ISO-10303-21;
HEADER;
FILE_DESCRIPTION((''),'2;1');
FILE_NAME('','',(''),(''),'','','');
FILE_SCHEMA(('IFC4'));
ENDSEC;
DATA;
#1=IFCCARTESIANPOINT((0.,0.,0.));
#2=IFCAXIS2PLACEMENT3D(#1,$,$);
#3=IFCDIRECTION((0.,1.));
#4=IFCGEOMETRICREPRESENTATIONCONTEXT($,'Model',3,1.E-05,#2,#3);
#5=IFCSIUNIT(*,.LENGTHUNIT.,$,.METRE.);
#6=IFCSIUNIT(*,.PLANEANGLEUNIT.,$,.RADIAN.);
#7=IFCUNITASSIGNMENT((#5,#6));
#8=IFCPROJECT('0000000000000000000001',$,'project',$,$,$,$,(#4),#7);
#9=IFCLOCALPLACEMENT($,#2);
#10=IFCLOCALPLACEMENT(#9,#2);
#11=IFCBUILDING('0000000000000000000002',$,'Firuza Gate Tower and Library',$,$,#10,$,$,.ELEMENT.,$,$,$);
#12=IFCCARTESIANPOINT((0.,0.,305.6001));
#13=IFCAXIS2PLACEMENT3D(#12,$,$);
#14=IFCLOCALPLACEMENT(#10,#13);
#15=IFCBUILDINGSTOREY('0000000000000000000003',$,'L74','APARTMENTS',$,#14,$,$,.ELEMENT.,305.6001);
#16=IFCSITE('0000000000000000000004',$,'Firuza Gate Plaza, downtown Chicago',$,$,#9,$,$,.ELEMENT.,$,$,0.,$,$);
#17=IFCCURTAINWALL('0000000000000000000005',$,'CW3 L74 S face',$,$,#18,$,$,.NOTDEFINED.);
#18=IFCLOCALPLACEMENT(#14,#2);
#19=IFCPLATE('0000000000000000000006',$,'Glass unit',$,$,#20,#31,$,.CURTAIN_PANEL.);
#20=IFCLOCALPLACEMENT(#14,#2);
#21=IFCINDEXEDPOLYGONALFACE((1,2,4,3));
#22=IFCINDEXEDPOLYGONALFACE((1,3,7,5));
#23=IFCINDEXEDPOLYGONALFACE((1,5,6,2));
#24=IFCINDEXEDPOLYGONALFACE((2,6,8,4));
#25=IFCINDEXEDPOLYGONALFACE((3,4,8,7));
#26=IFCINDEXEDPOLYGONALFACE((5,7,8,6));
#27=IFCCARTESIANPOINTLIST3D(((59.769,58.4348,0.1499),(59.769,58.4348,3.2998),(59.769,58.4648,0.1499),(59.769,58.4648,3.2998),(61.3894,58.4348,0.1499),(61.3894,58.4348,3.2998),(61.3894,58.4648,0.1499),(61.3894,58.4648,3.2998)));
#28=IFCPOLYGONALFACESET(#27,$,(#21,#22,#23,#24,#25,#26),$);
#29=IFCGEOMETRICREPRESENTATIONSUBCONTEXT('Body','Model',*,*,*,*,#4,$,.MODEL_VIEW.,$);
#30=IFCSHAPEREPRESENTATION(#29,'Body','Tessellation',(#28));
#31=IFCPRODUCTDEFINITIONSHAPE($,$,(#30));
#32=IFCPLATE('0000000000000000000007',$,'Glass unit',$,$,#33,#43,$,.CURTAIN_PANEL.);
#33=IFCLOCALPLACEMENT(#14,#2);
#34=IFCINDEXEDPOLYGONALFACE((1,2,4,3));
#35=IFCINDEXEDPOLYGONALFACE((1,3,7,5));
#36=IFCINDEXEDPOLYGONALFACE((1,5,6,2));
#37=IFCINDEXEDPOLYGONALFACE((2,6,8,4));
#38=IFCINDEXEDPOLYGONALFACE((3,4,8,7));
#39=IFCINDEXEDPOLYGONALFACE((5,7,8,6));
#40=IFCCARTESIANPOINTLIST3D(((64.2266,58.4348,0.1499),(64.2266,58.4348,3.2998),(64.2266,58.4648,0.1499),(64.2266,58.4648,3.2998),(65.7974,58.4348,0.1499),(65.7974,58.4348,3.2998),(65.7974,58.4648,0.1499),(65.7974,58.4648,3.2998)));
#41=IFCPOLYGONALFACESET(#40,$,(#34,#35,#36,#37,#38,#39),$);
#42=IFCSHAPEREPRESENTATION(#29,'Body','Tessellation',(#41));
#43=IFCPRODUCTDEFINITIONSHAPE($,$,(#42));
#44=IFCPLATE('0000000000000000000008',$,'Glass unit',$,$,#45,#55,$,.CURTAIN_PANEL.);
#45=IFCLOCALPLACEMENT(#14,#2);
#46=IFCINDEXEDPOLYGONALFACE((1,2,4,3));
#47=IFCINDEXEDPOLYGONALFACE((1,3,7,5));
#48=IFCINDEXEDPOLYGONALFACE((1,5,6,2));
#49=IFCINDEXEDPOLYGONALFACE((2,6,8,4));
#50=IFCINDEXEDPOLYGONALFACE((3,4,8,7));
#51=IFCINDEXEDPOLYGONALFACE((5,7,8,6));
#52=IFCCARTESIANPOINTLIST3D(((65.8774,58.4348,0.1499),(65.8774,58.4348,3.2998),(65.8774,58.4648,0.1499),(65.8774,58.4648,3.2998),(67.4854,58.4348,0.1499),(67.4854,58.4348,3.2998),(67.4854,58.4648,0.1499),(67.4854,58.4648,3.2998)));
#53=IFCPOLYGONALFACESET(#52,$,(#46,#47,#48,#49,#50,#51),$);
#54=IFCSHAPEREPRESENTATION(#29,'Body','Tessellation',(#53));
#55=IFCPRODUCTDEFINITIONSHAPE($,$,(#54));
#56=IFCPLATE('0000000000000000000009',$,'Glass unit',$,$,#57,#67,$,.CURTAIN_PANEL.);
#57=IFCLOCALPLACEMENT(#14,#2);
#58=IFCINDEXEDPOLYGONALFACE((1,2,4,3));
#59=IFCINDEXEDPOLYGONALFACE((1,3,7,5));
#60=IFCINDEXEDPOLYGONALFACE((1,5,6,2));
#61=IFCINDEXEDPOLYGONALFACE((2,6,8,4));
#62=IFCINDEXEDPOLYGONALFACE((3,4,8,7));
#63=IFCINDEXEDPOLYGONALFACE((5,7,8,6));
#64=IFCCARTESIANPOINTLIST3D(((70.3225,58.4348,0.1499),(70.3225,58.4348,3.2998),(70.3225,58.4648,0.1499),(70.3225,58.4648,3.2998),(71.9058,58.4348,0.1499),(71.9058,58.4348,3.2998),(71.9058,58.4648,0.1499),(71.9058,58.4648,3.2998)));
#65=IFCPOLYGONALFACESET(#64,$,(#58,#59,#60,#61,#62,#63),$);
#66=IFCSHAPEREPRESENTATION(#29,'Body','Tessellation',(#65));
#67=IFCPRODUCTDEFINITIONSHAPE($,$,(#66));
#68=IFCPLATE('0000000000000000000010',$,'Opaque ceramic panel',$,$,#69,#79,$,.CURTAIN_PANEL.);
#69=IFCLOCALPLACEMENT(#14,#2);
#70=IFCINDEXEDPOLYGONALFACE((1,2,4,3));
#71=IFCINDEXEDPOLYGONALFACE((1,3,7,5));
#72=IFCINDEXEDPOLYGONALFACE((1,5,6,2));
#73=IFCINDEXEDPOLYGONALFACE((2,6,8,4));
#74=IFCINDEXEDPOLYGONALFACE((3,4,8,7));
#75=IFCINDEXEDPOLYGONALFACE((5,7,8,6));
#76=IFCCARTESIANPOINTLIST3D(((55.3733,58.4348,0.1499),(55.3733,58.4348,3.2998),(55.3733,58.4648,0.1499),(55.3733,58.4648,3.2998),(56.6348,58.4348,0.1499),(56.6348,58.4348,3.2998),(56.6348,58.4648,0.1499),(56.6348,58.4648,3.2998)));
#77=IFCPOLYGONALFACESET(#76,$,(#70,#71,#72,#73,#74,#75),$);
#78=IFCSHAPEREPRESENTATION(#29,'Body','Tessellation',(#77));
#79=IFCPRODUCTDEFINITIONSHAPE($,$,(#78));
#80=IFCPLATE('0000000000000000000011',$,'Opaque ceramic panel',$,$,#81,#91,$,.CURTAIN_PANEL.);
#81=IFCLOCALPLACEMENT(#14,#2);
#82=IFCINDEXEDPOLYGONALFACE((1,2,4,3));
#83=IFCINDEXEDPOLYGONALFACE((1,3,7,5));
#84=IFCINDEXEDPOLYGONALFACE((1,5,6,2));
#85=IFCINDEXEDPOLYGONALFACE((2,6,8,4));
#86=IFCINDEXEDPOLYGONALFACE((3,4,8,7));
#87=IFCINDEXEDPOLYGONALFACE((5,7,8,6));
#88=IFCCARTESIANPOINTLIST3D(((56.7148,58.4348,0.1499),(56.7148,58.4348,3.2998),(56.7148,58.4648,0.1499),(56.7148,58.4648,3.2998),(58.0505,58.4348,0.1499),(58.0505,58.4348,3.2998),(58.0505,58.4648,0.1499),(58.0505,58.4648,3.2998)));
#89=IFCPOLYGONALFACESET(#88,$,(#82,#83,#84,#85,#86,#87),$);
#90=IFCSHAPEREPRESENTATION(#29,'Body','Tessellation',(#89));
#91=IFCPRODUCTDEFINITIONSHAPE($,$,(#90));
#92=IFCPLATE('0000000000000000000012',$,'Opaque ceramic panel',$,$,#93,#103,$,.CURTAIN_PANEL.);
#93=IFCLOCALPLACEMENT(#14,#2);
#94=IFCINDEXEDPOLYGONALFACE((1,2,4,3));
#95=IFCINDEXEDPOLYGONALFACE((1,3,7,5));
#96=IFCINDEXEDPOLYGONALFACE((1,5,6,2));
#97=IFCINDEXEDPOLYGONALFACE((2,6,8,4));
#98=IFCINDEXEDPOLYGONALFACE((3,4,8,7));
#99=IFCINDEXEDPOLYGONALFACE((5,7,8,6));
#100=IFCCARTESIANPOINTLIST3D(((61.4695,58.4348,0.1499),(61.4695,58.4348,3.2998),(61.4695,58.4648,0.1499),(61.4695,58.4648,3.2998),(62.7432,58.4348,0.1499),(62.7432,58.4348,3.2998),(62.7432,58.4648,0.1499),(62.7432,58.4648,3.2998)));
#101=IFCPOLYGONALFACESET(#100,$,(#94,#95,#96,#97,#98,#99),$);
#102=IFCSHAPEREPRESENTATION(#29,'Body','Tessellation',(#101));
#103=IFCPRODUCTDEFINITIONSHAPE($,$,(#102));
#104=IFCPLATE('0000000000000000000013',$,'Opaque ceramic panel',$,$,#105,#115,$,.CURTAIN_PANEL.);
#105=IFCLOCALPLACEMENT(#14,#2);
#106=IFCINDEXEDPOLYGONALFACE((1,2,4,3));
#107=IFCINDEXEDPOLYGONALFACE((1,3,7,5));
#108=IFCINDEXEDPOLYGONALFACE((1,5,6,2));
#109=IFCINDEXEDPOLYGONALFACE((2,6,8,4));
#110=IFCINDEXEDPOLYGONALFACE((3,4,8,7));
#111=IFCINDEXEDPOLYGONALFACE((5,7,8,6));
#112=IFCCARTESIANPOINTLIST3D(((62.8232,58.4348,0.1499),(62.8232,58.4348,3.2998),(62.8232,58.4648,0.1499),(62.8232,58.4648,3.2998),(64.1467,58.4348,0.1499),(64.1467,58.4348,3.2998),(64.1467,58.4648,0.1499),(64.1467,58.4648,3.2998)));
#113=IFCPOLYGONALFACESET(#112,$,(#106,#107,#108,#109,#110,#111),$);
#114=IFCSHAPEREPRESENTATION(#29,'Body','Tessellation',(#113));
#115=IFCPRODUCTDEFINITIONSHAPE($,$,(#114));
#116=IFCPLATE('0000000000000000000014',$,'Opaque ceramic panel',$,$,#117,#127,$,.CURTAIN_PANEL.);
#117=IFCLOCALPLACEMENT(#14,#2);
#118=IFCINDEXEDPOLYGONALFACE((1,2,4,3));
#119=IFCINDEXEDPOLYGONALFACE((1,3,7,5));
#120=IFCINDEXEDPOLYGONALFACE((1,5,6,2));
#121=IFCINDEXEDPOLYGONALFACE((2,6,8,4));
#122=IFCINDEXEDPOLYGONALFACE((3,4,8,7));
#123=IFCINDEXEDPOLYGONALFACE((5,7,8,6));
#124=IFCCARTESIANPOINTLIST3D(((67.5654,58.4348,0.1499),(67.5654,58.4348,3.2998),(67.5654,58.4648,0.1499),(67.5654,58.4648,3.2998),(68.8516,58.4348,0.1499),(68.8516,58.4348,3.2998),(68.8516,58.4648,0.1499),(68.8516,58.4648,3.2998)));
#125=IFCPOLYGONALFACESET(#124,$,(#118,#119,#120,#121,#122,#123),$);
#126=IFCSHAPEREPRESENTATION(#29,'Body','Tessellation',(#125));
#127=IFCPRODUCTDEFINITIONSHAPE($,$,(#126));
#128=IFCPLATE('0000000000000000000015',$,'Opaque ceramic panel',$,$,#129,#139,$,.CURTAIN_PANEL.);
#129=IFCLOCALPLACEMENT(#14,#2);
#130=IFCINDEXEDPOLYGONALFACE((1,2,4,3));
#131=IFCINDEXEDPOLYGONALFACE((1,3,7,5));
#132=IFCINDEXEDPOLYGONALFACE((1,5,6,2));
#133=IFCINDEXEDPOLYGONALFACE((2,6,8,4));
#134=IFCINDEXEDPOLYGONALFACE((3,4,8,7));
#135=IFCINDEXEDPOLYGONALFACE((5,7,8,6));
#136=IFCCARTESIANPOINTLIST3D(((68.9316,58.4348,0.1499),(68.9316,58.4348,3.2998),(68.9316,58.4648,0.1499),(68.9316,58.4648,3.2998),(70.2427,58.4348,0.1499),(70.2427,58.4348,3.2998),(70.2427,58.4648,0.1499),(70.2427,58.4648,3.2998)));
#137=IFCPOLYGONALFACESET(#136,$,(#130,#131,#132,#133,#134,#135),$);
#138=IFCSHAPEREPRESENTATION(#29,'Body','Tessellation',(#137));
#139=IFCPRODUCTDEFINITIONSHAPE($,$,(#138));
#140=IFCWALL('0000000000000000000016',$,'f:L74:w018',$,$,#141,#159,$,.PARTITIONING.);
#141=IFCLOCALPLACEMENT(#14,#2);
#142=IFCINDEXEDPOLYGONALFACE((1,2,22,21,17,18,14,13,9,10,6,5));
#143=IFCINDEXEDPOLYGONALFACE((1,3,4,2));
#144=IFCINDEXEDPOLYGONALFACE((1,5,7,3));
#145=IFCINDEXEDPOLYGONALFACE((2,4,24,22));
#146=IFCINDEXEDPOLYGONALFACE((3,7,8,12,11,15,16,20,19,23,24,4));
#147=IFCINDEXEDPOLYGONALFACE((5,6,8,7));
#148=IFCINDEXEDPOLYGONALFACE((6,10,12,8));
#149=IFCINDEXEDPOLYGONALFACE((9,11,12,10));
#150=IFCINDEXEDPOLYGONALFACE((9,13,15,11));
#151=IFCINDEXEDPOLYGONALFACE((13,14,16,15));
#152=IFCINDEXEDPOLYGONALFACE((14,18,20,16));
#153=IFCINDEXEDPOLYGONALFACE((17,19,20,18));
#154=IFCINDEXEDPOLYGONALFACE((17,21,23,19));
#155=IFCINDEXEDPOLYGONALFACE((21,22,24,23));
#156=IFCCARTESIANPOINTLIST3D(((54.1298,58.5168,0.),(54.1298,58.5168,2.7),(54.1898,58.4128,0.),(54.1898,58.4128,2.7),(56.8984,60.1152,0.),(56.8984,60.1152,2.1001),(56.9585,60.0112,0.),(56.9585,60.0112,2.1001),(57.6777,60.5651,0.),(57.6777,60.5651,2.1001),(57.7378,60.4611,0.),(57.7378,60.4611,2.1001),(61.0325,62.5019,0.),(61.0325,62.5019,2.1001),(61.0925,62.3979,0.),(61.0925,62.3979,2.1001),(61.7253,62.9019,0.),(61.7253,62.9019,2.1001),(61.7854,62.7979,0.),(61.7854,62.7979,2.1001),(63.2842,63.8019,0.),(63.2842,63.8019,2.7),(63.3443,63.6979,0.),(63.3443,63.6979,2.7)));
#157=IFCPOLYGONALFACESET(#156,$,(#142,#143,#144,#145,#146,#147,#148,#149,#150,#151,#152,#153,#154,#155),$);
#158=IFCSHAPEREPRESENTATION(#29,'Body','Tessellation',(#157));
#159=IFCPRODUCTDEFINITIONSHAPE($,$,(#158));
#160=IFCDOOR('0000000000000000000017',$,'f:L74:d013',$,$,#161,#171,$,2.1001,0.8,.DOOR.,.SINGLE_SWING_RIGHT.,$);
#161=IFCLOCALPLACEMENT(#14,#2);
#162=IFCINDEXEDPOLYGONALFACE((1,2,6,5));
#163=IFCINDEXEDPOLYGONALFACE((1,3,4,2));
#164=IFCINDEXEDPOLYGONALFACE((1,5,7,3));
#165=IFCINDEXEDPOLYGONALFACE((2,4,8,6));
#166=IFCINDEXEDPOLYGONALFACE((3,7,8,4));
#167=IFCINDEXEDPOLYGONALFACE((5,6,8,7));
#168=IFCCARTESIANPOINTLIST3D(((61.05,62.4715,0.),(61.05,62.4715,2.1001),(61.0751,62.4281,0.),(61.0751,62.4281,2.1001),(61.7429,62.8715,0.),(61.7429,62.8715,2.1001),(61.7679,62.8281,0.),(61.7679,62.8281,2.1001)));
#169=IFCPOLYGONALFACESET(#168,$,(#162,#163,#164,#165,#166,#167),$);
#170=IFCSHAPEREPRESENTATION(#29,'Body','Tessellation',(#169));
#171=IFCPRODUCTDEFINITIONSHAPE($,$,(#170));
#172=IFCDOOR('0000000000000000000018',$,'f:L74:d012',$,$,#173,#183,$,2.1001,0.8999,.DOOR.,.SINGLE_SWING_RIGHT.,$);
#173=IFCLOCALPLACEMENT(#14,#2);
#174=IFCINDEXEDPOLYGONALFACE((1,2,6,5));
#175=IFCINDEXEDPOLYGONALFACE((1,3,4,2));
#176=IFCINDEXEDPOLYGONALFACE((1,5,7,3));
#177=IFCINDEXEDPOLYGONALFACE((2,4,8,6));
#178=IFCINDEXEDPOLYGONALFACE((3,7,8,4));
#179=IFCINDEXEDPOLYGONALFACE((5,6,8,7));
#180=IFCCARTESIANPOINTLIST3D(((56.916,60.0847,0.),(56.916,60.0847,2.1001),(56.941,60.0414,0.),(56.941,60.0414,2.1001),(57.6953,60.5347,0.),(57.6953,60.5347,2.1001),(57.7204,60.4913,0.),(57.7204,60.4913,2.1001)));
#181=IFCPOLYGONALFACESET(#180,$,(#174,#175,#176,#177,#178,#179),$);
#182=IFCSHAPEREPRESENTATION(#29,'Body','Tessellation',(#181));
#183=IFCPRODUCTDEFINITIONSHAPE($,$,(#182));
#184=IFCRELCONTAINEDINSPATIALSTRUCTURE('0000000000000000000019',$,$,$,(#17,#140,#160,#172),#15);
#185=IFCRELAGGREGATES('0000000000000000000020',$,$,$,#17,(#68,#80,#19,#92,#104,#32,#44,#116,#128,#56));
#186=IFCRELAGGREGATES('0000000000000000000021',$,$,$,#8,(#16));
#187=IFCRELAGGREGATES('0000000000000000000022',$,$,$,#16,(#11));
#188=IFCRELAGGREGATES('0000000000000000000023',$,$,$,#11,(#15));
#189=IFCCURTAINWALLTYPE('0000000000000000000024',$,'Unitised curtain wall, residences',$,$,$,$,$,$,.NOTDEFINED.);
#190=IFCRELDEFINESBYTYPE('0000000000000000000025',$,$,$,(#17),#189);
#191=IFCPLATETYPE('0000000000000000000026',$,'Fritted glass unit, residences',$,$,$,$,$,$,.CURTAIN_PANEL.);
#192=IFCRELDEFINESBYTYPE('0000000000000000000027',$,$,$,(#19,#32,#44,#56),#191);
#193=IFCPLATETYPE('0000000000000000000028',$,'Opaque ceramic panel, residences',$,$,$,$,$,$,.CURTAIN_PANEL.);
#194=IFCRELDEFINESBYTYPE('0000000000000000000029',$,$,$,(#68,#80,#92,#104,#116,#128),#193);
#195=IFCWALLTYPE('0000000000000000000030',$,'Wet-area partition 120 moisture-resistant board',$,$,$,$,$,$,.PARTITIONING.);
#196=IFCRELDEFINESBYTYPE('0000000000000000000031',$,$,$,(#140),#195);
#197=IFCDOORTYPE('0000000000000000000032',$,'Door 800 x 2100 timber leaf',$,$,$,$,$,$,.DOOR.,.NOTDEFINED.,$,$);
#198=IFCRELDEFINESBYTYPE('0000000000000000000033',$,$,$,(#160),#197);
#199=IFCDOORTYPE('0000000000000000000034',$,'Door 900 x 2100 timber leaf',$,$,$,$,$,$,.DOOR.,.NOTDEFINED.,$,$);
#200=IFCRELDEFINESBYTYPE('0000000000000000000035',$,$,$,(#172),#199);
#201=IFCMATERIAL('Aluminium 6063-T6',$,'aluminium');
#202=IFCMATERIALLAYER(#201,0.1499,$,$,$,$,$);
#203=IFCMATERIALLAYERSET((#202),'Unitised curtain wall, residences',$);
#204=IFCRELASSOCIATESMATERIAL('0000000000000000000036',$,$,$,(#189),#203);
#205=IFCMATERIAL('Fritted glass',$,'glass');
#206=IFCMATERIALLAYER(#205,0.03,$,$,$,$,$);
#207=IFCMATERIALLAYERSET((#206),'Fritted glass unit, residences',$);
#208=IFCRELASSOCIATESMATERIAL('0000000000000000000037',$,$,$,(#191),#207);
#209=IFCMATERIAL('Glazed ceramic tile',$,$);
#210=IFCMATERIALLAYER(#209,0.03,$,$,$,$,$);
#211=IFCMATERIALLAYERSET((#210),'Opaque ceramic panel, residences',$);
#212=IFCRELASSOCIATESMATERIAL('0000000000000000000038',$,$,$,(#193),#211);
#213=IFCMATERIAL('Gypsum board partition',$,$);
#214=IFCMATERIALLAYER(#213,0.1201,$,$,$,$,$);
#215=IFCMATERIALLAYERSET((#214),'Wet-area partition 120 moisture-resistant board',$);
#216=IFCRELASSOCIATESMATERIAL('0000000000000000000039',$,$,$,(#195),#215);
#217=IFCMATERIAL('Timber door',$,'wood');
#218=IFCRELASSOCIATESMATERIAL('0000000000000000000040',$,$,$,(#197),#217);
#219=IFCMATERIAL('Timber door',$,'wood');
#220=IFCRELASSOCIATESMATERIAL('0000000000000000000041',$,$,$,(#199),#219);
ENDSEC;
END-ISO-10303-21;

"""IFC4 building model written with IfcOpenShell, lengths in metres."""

from ifc_helpers import new_model, si_unit, direction, frame, frame_2d, origin, place, context, subcontext, project, spatial, polyline, rectangle, outline, extrude, material, layer, layer_set, type_object, element, fill, aggregate, save


model = new_model("IFC4")

# Units and contexts
model_context = context("Model", 3, precision=1e-05, world=origin(), true_north=direction((0.0, 1.0)))
body_context = subcontext(model_context, "Body", "Model", "MODEL_VIEW")
ifc_project = project(units=[si_unit("LENGTHUNIT", "METRE"), si_unit("PLANEANGLEUNIT", "RADIAN")], contexts=[model_context])

# Site, building, storey
site_placement = place(None, origin())
site = spatial("IfcSite", under=ifc_project, at=site_placement, Name="Firuza Gate Plaza, downtown Chicago", CompositionType="ELEMENT", RefElevation=0.0)
building_placement = place(site_placement, origin())
building = spatial("IfcBuilding", under=site, at=building_placement, Name="Firuza Gate Tower and Library", CompositionType="ELEMENT")
storey_placement = place(building_placement, frame((0.0, 0.0, 305.6001)))
storey = spatial("IfcBuildingStorey", under=building, at=storey_placement, Name="L74", Description="APARTMENTS", CompositionType="ELEMENT", Elevation=305.6001)

# Curtain wall, plates
ifc_material_1 = material(Name="Aluminium 6063-T6", Category="aluminium")
ifc_layer_1 = layer(ifc_material_1, 0.1499)
ifc_layer_set_1 = layer_set([ifc_layer_1], Name="Unitised curtain wall, residences")
curtain_wall_type = type_object("IfcCurtainWallType", Name="Unitised curtain wall, residences", PredefinedType="NOTDEFINED", material=ifc_layer_set_1)
curtain_wall_placement = place(storey_placement, origin())
curtain_wall = element("IfcCurtainWall", 1, at=curtain_wall_placement, inside=storey, type_object=curtain_wall_type, Name="CW3 L74 S face", PredefinedType="NOTDEFINED")
ifc_material_2 = material(Name="Fritted glass", Category="glass")
ifc_layer_2 = layer(ifc_material_2, 0.03)
ifc_layer_set_2 = layer_set([ifc_layer_2], Name="Fritted glass unit, residences")
plate_type_1 = type_object("IfcPlateType", Name="Fritted glass unit, residences", PredefinedType="CURTAIN_PANEL", material=ifc_layer_set_2)
plate_1_placement = place(storey_placement, frame((59.769, 58.4348, 0.1499), z_axis=(0.0, -1.0, 0.0), x_axis=(1.0, 0.0, 0.0)))
plate_1 = element("IfcPlate", 2, at=plate_1_placement, type_object=plate_type_1, Name="Glass unit", PredefinedType="CURTAIN_PANEL", context=body_context, shape_type="SweptSolid", body=[
    extrude(outline(polyline([(0.0, 0.0), (1.6204, 0.0), (1.6204, 3.1499), (0.0, 3.1499), (0.0, 0.0)])), origin(), (0.0, 0.0, -1.0), 0.03),
])
plate_2_placement = place(storey_placement, frame((64.2266, 58.4348, 0.1499), z_axis=(0.0, -1.0, 0.0), x_axis=(1.0, 0.0, 0.0)))
plate_2 = element("IfcPlate", 3, at=plate_2_placement, type_object=plate_type_1, Name="Glass unit", PredefinedType="CURTAIN_PANEL", context=body_context, shape_type="SweptSolid", body=[
    extrude(outline(polyline([(0.0, 0.0), (1.5708, 0.0), (1.5708, 3.1499), (0.0, 3.1499), (0.0, 0.0)])), origin(), (0.0, 0.0, -1.0), 0.03),
])
plate_3_placement = place(storey_placement, frame((65.8774, 58.4348, 0.1499), z_axis=(0.0, -1.0, 0.0), x_axis=(1.0, 0.0, 0.0)))
plate_3 = element("IfcPlate", 4, at=plate_3_placement, type_object=plate_type_1, Name="Glass unit", PredefinedType="CURTAIN_PANEL", context=body_context, shape_type="SweptSolid", body=[
    extrude(outline(polyline([(0.0, 0.0), (1.6079, 0.0), (1.6079, 3.1499), (0.0, 3.1499), (0.0, 0.0)])), origin(), (0.0, 0.0, -1.0), 0.03),
])
plate_4_placement = place(storey_placement, frame((70.3225, 58.4348, 0.1499), z_axis=(0.0, -1.0, 0.0), x_axis=(1.0, 0.0, 0.0)))
plate_4 = element("IfcPlate", 5, at=plate_4_placement, type_object=plate_type_1, Name="Glass unit", PredefinedType="CURTAIN_PANEL", context=body_context, shape_type="SweptSolid", body=[
    extrude(outline(polyline([(0.0, 0.0), (1.5833, 0.0), (1.5833, 3.1499), (0.0, 3.1499), (0.0, 0.0)])), origin(), (0.0, 0.0, -1.0), 0.03),
])
ifc_material_3 = material(Name="Glazed ceramic tile")
ifc_layer_3 = layer(ifc_material_3, 0.03)
ifc_layer_set_3 = layer_set([ifc_layer_3], Name="Opaque ceramic panel, residences")
plate_type_2 = type_object("IfcPlateType", Name="Opaque ceramic panel, residences", PredefinedType="CURTAIN_PANEL", material=ifc_layer_set_3)
plate_5_placement = place(storey_placement, frame((55.3733, 58.4348, 0.1499), z_axis=(0.0, -1.0, 0.0), x_axis=(1.0, 0.0, 0.0)))
plate_5 = element("IfcPlate", 6, at=plate_5_placement, type_object=plate_type_2, Name="Opaque ceramic panel", PredefinedType="CURTAIN_PANEL", context=body_context, shape_type="SweptSolid", body=[
    extrude(outline(polyline([(0.0, 0.0), (1.2615, 0.0), (1.2615, 3.1499), (0.0, 3.1499), (0.0, 0.0)])), origin(), (0.0, 0.0, -1.0), 0.03),
])
plate_6_placement = place(storey_placement, frame((56.7148, 58.4348, 0.1499), z_axis=(0.0, -1.0, 0.0), x_axis=(1.0, 0.0, 0.0)))
plate_6 = element("IfcPlate", 7, at=plate_6_placement, type_object=plate_type_2, Name="Opaque ceramic panel", PredefinedType="CURTAIN_PANEL", context=body_context, shape_type="SweptSolid", body=[
    extrude(outline(polyline([(0.0, 0.0), (1.3357, 0.0), (1.3357, 3.1499), (0.0, 3.1499), (0.0, 0.0)])), origin(), (0.0, 0.0, -1.0), 0.03),
])
plate_7_placement = place(storey_placement, frame((61.4695, 58.4348, 0.1499), z_axis=(0.0, -1.0, 0.0), x_axis=(1.0, 0.0, 0.0)))
plate_7 = element("IfcPlate", 8, at=plate_7_placement, type_object=plate_type_2, Name="Opaque ceramic panel", PredefinedType="CURTAIN_PANEL", context=body_context, shape_type="SweptSolid", body=[
    extrude(outline(polyline([(0.0, 0.0), (1.2737, 0.0), (1.2737, 3.1499), (0.0, 3.1499), (0.0, 0.0)])), origin(), (0.0, 0.0, -1.0), 0.03),
])
plate_8_placement = place(storey_placement, frame((62.8232, 58.4348, 0.1499), z_axis=(0.0, -1.0, 0.0), x_axis=(1.0, 0.0, 0.0)))
plate_8 = element("IfcPlate", 9, at=plate_8_placement, type_object=plate_type_2, Name="Opaque ceramic panel", PredefinedType="CURTAIN_PANEL", context=body_context, shape_type="SweptSolid", body=[
    extrude(outline(polyline([(0.0, 0.0), (1.3235, 0.0), (1.3235, 3.1499), (0.0, 3.1499), (0.0, 0.0)])), origin(), (0.0, 0.0, -1.0), 0.03),
])
plate_9_placement = place(storey_placement, frame((67.5654, 58.4348, 0.1499), z_axis=(0.0, -1.0, 0.0), x_axis=(1.0, 0.0, 0.0)))
plate_9 = element("IfcPlate", 10, at=plate_9_placement, type_object=plate_type_2, Name="Opaque ceramic panel", PredefinedType="CURTAIN_PANEL", context=body_context, shape_type="SweptSolid", body=[
    extrude(outline(polyline([(0.0, 0.0), (1.2861, 0.0), (1.2861, 3.1499), (0.0, 3.1499), (0.0, 0.0)])), origin(), (0.0, 0.0, -1.0), 0.03),
])
plate_10_placement = place(storey_placement, frame((68.9316, 58.4348, 0.1499), z_axis=(0.0, -1.0, 0.0), x_axis=(1.0, 0.0, 0.0)))
plate_10 = element("IfcPlate", 11, at=plate_10_placement, type_object=plate_type_2, Name="Opaque ceramic panel", PredefinedType="CURTAIN_PANEL", context=body_context, shape_type="SweptSolid", body=[
    extrude(outline(polyline([(0.0, 0.0), (1.311, 0.0), (1.311, 3.1499), (0.0, 3.1499), (0.0, 0.0)])), origin(), (0.0, 0.0, -1.0), 0.03),
])
aggregate(curtain_wall, [plate_5, plate_6, plate_1, plate_7, plate_8, plate_2, plate_3, plate_9, plate_10, plate_4])

# Wall, openings, doors
ifc_material_4 = material(Name="Gypsum board partition")
ifc_layer_4 = layer(ifc_material_4, 0.1201)
ifc_layer_set_4 = layer_set([ifc_layer_4], Name="Wet-area partition 120 moisture-resistant board")
wall_type = type_object("IfcWallType", Name="Wet-area partition 120 moisture-resistant board", PredefinedType="PARTITIONING", material=ifc_layer_set_4)
wall_placement = place(storey_placement, frame((54.1599, 58.4648, 0.0), z_axis=(0.0, 0.0, 1.0), x_axis=(0.866034, 0.499984, 0.0)))
wall = element("IfcWall", 12, at=wall_placement, inside=storey, type_object=wall_type, Name="f:L74:w018", PredefinedType="PARTITIONING", context=body_context, shape_type="SweptSolid", body=[
    extrude(rectangle(XDim=10.5706, YDim=0.1201, at=frame_2d((5.2852, 0.0))), origin(), (0.0, 0.0, 1.0), 2.7),
])
opening_1_placement = place(wall_placement, frame((3.1968, 0.0, 0.0)))
opening_1 = element("IfcOpeningElement", 13, at=opening_1_placement, cuts=wall, PredefinedType="OPENING", context=body_context, shape_type="SweptSolid", body=[
    extrude(rectangle(XDim=0.8999, YDim=2.1001, at=frame_2d((0.45, 1.05))), frame((0.0, 0.0701, 0.0), z_axis=(0.0, -1.0, 0.0), x_axis=(1.0, 0.0, 0.0)), (0.0, 0.0, 1.0), 0.1401),
])
opening_2_placement = place(wall_placement, frame((7.9705, 0.0, 0.0)))
opening_2 = element("IfcOpeningElement", 14, at=opening_2_placement, cuts=wall, PredefinedType="OPENING", context=body_context, shape_type="SweptSolid", body=[
    extrude(rectangle(XDim=0.8, YDim=2.1001, at=frame_2d((0.3999, 1.05))), frame((0.0, 0.0701, 0.0), z_axis=(0.0, -1.0, 0.0), x_axis=(1.0, 0.0, 0.0)), (0.0, 0.0, 1.0), 0.1401),
])
ifc_material_5 = material(Name="Timber door", Category="wood")
door_type_1 = type_object("IfcDoorType", Name="Door 800 x 2100 timber leaf", OperationType="NOTDEFINED", PredefinedType="DOOR", material=ifc_material_5)
door_1_placement = place(opening_2_placement, origin())
door_1 = element("IfcDoor", 15, at=door_1_placement, inside=storey, type_object=door_type_1, Name="f:L74:d013", OperationType="SINGLE_SWING_RIGHT", OverallHeight=2.1001, OverallWidth=0.8, PredefinedType="DOOR", context=body_context, shape_type="SweptSolid", body=[
    extrude(rectangle(XDim=0.8, YDim=2.1001, at=frame_2d((0.3999, 1.05))), frame((0.0, 0.0249, 0.0), z_axis=(0.0, -1.0, 0.0), x_axis=(1.0, 0.0, 0.0)), (0.0, 0.0, 1.0), 0.05),
])
fill(opening_2, door_1)
ifc_material_6 = material(Name="Timber door", Category="wood")
door_type_2 = type_object("IfcDoorType", Name="Door 900 x 2100 timber leaf", OperationType="NOTDEFINED", PredefinedType="DOOR", material=ifc_material_6)
door_2_placement = place(opening_1_placement, origin())
door_2 = element("IfcDoor", 16, at=door_2_placement, inside=storey, type_object=door_type_2, Name="f:L74:d012", OperationType="SINGLE_SWING_RIGHT", OverallHeight=2.1001, OverallWidth=0.8999, PredefinedType="DOOR", context=body_context, shape_type="SweptSolid", body=[
    extrude(rectangle(XDim=0.8999, YDim=2.1001, at=frame_2d((0.45, 1.05))), frame((0.0, 0.0249, 0.0), z_axis=(0.0, -1.0, 0.0), x_axis=(1.0, 0.0, 0.0)), (0.0, 0.0, 1.0), 0.05),
])
fill(opening_1, door_2)

save(model, "model.ifc")
